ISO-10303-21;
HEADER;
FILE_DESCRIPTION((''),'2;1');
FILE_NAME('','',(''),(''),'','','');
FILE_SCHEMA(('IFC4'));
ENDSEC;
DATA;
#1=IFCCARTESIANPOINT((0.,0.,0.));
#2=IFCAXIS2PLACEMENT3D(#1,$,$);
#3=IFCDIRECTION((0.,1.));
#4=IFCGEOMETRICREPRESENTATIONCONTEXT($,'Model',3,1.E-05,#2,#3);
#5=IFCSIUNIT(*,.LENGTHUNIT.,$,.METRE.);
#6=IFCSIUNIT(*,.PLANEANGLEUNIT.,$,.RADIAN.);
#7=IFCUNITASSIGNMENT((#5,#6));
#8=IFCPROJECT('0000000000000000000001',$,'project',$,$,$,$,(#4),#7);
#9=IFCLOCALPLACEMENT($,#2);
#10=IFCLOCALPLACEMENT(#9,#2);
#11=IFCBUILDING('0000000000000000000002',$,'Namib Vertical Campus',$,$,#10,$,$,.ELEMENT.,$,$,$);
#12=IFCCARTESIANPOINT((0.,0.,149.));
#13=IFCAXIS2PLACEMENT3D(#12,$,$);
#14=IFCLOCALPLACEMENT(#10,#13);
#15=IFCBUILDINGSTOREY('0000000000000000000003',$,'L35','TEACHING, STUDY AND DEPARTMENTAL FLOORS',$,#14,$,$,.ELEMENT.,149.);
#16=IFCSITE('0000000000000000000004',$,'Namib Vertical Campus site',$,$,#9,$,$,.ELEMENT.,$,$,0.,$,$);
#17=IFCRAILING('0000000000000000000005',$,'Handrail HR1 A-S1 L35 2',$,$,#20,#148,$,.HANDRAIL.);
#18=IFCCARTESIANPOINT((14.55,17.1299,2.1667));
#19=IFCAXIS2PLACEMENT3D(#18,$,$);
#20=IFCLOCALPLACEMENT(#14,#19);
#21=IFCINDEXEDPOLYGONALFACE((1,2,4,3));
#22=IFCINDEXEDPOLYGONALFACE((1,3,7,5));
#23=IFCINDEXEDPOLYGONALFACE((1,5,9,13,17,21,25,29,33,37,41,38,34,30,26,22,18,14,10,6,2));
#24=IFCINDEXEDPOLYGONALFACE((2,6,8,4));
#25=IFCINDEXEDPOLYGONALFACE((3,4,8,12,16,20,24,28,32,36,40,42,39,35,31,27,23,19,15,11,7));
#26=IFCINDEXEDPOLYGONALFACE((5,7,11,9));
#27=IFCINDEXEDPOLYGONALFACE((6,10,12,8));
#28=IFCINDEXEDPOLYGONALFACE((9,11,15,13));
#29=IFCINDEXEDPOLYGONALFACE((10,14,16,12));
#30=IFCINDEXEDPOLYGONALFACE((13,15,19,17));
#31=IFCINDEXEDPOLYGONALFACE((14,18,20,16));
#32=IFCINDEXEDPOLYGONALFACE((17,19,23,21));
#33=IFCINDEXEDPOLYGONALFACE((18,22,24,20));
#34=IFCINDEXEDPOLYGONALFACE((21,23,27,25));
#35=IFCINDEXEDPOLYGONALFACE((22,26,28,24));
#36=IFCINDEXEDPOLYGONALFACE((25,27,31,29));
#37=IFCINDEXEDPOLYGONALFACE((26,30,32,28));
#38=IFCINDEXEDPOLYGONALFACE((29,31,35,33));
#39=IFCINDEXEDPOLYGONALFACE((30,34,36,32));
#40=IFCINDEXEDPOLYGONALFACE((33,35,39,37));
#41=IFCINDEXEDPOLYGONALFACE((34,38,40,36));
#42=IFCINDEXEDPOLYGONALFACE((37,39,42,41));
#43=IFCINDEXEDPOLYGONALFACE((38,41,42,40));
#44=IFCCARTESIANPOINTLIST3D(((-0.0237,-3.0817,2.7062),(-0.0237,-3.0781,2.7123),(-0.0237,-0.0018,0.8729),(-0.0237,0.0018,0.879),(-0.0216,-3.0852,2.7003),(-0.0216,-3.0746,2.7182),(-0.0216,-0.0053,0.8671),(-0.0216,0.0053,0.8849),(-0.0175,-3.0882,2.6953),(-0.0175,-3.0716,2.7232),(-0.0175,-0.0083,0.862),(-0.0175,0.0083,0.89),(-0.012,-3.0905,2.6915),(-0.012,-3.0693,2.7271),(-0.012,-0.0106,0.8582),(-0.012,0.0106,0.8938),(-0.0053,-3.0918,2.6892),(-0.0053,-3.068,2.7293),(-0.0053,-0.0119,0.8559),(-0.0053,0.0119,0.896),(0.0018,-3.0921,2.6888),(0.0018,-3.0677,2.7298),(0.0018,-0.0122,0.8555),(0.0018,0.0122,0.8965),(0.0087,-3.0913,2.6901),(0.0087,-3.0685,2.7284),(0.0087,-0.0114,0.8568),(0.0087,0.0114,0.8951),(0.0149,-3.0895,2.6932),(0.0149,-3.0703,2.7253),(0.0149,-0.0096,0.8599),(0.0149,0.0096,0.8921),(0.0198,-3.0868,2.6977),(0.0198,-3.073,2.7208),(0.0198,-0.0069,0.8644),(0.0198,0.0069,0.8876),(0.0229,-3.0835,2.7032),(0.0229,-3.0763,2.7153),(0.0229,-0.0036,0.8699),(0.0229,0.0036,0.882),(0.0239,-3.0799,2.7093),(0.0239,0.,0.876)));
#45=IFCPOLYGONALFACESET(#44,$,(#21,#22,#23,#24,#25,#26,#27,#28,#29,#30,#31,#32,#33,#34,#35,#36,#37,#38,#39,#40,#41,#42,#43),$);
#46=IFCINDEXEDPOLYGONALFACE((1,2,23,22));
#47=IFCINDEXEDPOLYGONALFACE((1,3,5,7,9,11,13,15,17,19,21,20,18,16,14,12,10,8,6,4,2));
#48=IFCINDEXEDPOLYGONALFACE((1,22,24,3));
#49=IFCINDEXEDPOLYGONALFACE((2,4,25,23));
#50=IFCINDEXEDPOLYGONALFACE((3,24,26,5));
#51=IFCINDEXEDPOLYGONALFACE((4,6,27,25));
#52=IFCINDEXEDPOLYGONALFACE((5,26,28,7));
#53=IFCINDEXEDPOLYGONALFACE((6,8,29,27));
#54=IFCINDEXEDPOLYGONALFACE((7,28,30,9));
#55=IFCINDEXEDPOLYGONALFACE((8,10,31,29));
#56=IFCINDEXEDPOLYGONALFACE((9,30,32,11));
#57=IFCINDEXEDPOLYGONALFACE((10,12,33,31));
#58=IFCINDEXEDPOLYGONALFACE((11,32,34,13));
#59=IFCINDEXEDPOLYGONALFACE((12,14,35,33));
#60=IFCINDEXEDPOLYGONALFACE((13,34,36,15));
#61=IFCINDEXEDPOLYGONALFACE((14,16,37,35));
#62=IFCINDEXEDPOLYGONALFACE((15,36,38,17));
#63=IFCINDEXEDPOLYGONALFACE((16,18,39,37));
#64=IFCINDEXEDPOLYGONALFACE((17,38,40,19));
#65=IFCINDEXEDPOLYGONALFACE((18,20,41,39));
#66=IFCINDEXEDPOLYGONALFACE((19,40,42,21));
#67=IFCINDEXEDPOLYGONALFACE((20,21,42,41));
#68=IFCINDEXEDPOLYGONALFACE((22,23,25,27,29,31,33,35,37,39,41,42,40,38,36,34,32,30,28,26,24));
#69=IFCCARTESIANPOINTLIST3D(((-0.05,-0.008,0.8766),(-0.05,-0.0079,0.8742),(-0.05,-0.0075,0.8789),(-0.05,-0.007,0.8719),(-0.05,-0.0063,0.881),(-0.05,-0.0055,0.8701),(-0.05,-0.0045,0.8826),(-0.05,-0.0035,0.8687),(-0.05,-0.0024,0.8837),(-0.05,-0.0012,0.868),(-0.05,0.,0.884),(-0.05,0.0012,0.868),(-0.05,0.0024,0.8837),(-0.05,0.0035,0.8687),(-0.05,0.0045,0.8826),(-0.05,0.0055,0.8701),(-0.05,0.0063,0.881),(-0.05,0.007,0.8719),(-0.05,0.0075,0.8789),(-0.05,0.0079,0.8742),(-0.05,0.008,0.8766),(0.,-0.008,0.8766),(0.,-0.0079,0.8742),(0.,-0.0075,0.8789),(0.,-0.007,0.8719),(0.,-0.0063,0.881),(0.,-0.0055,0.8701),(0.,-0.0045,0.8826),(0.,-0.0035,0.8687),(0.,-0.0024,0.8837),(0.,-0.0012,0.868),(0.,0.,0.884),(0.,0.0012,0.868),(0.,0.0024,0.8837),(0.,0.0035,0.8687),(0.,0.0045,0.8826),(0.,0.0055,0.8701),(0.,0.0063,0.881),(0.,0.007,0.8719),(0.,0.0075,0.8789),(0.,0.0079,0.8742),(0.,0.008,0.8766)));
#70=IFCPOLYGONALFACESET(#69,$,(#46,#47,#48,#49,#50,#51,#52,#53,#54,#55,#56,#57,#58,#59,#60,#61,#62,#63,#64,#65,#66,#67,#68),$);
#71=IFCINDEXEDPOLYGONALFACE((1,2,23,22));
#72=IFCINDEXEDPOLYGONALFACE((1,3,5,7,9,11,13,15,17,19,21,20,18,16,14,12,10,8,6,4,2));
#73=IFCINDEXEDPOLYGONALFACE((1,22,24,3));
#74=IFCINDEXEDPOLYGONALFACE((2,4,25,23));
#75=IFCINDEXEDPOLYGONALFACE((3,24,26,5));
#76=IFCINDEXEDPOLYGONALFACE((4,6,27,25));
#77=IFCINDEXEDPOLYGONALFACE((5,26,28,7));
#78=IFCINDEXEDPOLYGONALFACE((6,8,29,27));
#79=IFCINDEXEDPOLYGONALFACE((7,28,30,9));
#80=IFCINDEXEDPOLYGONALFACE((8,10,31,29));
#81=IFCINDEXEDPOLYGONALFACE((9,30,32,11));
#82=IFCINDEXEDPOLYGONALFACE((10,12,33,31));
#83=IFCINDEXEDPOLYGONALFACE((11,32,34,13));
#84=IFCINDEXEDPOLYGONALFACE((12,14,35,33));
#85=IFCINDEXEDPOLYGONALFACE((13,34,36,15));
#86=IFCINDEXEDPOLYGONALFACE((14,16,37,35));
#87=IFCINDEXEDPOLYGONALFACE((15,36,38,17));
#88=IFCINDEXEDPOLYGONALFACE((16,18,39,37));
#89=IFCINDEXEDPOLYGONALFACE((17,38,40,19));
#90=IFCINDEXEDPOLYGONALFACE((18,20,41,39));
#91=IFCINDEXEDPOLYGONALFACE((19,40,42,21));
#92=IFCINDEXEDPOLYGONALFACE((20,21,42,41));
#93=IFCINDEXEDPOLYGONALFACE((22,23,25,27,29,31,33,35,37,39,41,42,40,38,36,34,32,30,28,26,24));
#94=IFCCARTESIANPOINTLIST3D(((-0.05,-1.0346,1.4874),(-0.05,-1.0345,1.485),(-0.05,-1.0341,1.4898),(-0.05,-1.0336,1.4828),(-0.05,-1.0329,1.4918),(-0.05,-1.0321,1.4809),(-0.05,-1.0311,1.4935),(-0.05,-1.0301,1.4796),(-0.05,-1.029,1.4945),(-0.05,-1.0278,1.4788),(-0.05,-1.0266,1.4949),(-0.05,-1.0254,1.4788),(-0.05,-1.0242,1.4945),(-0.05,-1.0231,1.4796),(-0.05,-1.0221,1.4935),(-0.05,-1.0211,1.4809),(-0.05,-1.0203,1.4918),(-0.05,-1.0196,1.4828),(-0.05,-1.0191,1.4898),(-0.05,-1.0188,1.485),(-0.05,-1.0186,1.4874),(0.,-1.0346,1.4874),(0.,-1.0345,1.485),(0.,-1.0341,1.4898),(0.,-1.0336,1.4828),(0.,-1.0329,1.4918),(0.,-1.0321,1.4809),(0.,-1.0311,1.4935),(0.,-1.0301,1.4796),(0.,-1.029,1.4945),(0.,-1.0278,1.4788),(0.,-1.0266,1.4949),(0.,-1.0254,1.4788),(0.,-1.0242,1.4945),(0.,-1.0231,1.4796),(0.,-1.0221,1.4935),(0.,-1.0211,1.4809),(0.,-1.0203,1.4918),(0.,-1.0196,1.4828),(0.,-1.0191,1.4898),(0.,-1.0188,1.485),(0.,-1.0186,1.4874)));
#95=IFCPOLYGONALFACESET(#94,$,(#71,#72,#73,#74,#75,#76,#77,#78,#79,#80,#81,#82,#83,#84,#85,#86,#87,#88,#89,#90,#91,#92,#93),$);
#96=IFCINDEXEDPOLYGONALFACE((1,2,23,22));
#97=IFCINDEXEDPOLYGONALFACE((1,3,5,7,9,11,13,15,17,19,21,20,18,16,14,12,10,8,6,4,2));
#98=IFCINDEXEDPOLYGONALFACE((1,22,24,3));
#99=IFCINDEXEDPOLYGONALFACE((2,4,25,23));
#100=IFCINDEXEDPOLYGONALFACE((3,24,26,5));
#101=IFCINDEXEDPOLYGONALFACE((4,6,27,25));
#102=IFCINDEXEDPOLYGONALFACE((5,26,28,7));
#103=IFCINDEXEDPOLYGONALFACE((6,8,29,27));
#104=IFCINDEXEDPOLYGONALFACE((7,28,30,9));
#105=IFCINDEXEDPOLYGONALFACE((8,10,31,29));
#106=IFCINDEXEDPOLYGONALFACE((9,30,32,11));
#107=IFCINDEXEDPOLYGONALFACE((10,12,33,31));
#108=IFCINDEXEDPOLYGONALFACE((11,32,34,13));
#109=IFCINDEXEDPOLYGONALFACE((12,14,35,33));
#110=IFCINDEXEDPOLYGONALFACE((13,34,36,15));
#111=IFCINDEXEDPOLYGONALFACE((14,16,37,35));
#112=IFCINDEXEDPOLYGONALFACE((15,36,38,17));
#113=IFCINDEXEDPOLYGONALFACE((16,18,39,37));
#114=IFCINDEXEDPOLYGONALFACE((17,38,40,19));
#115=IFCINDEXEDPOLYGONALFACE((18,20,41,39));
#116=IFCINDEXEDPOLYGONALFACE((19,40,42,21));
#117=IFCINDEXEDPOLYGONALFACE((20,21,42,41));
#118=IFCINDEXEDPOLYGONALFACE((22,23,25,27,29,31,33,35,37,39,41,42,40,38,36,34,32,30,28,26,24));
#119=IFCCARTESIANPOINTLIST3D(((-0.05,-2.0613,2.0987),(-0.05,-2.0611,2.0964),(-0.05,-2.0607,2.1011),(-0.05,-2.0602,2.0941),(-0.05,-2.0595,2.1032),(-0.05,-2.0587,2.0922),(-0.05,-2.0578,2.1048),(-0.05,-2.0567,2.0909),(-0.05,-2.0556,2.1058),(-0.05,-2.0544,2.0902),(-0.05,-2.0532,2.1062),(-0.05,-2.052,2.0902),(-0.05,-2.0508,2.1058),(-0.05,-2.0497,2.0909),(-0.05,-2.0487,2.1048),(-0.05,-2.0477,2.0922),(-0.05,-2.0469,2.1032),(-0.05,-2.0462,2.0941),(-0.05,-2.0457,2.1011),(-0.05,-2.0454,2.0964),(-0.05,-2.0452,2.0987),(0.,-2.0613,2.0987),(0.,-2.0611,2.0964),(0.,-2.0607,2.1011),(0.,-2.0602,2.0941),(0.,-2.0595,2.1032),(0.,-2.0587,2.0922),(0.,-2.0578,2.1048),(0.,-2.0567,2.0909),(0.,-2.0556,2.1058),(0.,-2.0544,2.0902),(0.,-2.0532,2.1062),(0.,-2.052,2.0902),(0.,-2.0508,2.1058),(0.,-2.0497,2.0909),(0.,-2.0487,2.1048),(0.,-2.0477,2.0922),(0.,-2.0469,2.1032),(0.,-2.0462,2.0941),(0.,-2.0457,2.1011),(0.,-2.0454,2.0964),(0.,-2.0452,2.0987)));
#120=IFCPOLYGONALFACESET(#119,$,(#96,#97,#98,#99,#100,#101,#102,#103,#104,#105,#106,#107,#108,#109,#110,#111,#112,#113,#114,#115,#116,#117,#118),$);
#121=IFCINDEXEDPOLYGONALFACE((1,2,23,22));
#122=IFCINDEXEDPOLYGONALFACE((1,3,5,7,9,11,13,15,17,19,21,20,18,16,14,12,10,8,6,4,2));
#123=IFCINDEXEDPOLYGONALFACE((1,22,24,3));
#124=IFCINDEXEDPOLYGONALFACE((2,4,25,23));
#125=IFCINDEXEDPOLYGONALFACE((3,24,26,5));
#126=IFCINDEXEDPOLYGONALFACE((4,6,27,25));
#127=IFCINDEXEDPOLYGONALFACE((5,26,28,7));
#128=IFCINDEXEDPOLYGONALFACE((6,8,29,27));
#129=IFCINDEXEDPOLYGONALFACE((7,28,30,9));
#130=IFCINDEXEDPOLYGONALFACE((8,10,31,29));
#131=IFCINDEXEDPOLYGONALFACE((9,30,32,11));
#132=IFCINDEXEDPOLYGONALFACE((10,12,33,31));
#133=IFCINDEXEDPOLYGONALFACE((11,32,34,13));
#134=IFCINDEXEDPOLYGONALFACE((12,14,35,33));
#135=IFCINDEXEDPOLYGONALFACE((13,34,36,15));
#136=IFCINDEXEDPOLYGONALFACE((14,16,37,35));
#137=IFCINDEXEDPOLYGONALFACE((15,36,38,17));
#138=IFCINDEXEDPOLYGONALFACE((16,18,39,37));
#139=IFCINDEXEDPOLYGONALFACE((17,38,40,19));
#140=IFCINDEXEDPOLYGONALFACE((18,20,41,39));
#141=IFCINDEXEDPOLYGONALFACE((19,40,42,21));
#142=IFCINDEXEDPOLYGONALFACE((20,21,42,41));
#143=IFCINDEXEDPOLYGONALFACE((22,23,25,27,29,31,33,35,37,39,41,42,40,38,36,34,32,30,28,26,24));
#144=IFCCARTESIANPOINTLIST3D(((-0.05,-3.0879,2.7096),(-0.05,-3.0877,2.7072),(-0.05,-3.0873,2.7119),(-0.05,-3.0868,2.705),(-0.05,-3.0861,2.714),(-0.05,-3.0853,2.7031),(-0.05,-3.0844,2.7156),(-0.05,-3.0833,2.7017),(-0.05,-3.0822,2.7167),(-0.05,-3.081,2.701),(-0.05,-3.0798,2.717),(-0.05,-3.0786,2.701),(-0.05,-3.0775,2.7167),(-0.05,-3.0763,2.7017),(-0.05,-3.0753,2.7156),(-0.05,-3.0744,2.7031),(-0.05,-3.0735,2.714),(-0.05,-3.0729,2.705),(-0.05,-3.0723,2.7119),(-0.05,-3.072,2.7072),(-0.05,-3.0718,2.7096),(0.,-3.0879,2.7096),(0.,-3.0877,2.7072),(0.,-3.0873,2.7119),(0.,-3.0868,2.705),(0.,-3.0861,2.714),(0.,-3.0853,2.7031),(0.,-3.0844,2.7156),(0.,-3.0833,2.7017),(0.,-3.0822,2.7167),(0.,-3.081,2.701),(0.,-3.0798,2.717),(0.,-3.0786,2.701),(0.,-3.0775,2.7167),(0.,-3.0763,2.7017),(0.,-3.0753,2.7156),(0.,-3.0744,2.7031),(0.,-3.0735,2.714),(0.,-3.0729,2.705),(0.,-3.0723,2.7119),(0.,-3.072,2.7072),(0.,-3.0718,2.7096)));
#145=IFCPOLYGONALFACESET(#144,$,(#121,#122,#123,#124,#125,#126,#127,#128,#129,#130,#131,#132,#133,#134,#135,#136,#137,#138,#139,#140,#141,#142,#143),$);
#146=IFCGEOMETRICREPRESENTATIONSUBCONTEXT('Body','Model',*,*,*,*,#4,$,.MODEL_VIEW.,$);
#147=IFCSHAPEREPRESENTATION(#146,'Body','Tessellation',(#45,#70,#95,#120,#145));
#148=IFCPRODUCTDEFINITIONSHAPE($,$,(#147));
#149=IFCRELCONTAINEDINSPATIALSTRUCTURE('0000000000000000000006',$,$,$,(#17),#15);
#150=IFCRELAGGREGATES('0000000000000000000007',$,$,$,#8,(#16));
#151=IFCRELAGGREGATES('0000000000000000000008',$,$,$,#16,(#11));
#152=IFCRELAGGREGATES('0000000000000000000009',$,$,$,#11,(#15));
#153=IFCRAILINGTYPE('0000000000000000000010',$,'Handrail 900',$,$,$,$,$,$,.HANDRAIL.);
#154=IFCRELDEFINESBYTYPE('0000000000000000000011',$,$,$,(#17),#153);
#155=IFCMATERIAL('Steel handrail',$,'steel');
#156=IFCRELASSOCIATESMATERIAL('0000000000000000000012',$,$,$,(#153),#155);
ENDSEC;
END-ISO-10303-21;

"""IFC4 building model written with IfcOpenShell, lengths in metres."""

from ifc_helpers import new_model, si_unit, direction, frame, origin, origin_2d, place, context, subcontext, project, spatial, circle, extrude, material, type_object, element, save


model = new_model("IFC4")

# Units and contexts
model_context = context("Model", 3, precision=1e-05, world=origin(), true_north=direction((0.0, 1.0)))
body_context = subcontext(model_context, "Body", "Model", "MODEL_VIEW")
ifc_project = project(units=[si_unit("LENGTHUNIT", "METRE"), si_unit("PLANEANGLEUNIT", "RADIAN")], contexts=[model_context])

# Site, building, storey
site_placement = place(None, origin())
site = spatial("IfcSite", under=ifc_project, at=site_placement, Name="Namib Vertical Campus site", CompositionType="ELEMENT", RefElevation=0.0)
building_placement = place(site_placement, origin())
building = spatial("IfcBuilding", under=site, at=building_placement, Name="Namib Vertical Campus", CompositionType="ELEMENT")
storey_placement = place(building_placement, frame((0.0, 0.0, 149.0)))
storey = spatial("IfcBuildingStorey", under=building, at=storey_placement, Name="L35", Description="TEACHING, STUDY AND DEPARTMENTAL FLOORS", CompositionType="ELEMENT", Elevation=149.0)

# Railing
ifc_material_1 = material(Name="Steel handrail", Category="steel")
railing_type_1 = type_object("IfcRailingType", Name="Handrail 900", PredefinedType="HANDRAIL", material=ifc_material_1)
railing_1_placement = place(storey_placement, frame((14.55, 17.1299, 2.1667)))
element("IfcRailing", 1, at=railing_1_placement, inside=storey, type_object=railing_type_1, Name="Handrail HR1 A-S1 L35 2", PredefinedType="HANDRAIL", context=body_context, shape_type="SweptSolid", body=[
    extrude(circle(Radius=0.0239, at=origin_2d()), frame((0.0, 0.0, 0.876), z_axis=(0.0, -0.859291, 0.511487), x_axis=(1.0, 0.0, 0.0)), (0.0, 0.0, 1.0), 3.5842),
    extrude(circle(Radius=0.0081, at=origin_2d()), frame((0.0, 0.0, 0.876), z_axis=(-1.0, 0.0, 0.0), x_axis=(0.0, 0.0, 1.0)), (0.0, 0.0, 1.0), 0.05),
    extrude(circle(Radius=0.0081, at=origin_2d()), frame((0.0, -1.0266, 1.4868), z_axis=(-1.0, 0.0, 0.0), x_axis=(0.0, 0.0, 1.0)), (0.0, 0.0, 1.0), 0.05),
    extrude(circle(Radius=0.0081, at=origin_2d()), frame((0.0, -2.0532, 2.0981), z_axis=(-1.0, 0.0, 0.0), x_axis=(0.0, 0.0, 1.0)), (0.0, 0.0, 1.0), 0.05),
    extrude(circle(Radius=0.0081, at=origin_2d()), frame((0.0, -3.0798, 2.709), z_axis=(-1.0, 0.0, 0.0), x_axis=(0.0, 0.0, 1.0)), (0.0, 0.0, 1.0), 0.05),
])

save(model, "model.ifc")
